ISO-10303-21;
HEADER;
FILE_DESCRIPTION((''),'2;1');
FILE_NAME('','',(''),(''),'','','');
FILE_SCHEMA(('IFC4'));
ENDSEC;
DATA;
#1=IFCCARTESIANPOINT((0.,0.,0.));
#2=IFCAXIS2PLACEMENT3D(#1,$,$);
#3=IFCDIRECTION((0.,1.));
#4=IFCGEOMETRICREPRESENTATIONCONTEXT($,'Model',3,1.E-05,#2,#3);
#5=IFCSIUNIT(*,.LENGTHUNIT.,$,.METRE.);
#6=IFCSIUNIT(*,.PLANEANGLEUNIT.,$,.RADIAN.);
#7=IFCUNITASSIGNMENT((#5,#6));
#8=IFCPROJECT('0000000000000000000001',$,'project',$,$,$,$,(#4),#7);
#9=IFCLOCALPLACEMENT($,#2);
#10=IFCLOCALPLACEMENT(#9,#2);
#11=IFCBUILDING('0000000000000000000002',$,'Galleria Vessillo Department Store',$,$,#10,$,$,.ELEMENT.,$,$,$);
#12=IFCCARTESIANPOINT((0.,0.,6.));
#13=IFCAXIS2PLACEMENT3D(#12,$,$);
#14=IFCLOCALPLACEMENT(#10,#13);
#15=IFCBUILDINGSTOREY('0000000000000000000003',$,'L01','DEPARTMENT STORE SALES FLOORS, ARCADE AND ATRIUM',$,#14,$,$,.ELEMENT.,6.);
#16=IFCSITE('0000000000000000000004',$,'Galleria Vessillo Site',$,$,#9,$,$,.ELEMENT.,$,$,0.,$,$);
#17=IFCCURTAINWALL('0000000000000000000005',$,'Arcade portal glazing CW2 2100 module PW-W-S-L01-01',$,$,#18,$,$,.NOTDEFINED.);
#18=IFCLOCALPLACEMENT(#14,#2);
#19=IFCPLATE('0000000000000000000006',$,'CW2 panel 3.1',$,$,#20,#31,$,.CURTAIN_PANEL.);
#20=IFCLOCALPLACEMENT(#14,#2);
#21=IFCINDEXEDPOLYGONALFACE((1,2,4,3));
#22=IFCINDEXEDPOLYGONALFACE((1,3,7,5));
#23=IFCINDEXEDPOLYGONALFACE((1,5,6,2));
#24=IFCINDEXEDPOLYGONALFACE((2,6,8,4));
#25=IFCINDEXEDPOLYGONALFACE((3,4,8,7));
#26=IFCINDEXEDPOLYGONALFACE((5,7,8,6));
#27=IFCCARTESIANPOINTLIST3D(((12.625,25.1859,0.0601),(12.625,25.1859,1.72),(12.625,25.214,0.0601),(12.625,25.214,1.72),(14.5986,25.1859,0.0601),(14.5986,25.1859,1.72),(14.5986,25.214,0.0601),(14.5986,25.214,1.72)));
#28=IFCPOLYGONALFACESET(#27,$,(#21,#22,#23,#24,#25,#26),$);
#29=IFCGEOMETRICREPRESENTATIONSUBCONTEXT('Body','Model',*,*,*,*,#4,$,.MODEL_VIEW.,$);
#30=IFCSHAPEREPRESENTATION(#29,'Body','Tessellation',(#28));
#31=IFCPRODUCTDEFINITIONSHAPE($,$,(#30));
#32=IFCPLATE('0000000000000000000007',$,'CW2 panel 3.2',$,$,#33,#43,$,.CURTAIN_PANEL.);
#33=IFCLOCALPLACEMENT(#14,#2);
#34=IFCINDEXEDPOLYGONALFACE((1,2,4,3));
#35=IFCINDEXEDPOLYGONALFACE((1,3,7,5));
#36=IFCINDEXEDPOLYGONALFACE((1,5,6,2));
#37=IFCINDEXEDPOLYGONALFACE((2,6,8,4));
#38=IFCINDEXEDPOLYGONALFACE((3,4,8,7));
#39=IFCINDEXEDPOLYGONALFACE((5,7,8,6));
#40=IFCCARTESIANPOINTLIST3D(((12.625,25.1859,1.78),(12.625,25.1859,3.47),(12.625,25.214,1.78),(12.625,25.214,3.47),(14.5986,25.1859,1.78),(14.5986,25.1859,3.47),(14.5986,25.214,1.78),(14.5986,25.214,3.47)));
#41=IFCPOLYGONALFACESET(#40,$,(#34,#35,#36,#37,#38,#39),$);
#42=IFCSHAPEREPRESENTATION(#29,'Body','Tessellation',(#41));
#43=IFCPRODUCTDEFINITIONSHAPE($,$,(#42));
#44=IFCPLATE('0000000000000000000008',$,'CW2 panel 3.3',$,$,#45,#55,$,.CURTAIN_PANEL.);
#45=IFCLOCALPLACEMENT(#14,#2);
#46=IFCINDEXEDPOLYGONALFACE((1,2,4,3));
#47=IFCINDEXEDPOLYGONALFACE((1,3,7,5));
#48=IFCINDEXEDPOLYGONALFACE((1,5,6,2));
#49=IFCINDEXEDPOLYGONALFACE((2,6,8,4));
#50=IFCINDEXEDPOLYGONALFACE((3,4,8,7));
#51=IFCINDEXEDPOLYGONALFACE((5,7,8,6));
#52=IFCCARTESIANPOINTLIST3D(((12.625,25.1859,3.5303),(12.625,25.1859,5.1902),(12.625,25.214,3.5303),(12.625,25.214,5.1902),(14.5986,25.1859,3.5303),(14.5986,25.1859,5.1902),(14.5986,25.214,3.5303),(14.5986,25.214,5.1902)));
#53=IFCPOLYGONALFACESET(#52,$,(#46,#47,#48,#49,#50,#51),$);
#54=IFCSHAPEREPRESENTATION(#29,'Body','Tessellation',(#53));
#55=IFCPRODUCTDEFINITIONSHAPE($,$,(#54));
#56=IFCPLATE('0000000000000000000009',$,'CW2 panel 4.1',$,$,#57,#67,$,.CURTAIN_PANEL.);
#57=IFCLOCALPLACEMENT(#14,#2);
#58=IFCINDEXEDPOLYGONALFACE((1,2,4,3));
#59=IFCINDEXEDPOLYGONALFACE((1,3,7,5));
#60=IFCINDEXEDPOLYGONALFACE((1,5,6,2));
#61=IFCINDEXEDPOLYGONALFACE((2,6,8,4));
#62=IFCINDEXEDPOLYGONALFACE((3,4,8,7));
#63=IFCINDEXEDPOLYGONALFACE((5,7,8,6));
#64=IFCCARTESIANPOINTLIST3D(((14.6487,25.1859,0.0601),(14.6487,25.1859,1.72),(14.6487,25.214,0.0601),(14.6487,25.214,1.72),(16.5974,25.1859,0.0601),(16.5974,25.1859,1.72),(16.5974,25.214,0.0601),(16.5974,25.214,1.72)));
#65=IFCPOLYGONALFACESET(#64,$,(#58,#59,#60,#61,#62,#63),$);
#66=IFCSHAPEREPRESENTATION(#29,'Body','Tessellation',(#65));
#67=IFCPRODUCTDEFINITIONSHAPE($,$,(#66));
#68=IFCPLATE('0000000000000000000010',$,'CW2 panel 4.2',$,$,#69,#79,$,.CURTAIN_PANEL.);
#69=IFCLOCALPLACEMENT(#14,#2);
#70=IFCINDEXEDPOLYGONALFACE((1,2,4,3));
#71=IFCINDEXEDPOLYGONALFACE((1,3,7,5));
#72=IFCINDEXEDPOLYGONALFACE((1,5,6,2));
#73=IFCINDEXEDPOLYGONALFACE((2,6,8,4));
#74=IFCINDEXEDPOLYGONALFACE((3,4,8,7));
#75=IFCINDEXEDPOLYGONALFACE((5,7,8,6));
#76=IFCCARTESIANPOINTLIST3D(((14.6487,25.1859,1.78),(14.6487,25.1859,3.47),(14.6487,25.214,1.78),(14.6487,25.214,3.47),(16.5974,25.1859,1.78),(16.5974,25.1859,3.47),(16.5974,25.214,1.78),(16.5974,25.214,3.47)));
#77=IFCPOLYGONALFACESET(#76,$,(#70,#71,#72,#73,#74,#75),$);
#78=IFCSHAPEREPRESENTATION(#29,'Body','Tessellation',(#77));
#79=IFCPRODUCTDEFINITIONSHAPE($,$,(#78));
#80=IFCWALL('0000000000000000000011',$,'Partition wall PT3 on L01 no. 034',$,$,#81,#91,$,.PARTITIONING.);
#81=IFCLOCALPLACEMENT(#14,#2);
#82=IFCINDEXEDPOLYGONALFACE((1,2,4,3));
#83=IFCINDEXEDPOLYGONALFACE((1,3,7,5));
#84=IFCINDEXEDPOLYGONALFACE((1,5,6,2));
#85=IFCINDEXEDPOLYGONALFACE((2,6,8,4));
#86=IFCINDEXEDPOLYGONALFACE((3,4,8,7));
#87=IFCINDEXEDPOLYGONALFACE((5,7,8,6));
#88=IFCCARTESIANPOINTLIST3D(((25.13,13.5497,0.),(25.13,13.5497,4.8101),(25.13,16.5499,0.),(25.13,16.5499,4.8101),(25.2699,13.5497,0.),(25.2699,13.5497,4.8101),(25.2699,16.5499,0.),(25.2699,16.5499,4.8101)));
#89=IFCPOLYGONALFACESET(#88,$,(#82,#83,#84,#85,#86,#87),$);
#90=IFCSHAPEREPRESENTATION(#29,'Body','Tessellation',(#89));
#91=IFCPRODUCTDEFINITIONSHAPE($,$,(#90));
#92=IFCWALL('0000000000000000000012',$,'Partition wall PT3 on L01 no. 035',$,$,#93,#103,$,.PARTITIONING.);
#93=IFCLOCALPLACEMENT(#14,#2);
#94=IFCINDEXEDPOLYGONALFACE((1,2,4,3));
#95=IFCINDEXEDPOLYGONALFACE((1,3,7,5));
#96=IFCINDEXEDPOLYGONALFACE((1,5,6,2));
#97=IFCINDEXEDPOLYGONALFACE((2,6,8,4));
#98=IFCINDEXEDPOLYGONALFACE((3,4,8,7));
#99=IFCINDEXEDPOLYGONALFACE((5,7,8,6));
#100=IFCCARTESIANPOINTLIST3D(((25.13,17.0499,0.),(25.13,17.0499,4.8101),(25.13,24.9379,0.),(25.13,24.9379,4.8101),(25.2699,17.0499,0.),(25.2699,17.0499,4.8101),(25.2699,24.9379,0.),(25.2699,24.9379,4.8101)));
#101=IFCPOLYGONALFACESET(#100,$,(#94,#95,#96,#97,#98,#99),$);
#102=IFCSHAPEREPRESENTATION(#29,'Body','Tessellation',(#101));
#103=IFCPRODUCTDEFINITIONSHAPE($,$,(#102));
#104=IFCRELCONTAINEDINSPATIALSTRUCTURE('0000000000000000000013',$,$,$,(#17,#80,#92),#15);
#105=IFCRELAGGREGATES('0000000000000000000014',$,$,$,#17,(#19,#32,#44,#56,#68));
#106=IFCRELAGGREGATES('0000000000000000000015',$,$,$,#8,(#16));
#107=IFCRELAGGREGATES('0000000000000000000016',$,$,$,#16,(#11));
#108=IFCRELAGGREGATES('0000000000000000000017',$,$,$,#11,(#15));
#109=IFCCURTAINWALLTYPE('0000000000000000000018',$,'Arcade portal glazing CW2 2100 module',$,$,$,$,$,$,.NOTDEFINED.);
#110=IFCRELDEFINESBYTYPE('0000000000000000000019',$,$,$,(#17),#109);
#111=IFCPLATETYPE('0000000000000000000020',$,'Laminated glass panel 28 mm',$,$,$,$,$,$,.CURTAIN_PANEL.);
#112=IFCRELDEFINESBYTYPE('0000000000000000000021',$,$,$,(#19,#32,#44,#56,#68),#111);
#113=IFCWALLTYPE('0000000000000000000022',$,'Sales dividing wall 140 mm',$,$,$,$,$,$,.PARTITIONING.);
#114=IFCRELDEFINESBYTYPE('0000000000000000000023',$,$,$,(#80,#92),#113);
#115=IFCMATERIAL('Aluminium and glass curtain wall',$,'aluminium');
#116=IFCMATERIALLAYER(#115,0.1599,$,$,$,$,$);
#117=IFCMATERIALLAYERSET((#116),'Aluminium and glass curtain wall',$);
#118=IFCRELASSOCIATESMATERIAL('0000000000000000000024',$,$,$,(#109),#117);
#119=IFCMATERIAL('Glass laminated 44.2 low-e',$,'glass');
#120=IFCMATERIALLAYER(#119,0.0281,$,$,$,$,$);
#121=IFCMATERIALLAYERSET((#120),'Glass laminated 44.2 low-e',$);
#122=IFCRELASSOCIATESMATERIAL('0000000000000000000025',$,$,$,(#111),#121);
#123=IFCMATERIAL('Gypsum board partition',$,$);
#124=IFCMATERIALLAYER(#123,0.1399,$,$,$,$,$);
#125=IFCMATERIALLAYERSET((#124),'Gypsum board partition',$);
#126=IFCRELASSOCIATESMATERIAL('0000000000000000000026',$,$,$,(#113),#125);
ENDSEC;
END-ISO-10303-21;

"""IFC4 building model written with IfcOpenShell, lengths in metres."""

from ifc_helpers import new_model, si_unit, direction, frame, frame_2d, origin, origin_2d, place, context, subcontext, project, spatial, rectangle, extrude, material, layer, layer_set, type_object, element, aggregate, save


model = new_model("IFC4")

# Units and contexts
model_context = context("Model", 3, precision=1e-05, world=origin(), true_north=direction((0.0, 1.0)))
body_context = subcontext(model_context, "Body", "Model", "MODEL_VIEW")
ifc_project = project(units=[si_unit("LENGTHUNIT", "METRE"), si_unit("PLANEANGLEUNIT", "RADIAN")], contexts=[model_context])

# Site, building, storey
site_placement = place(None, origin())
site = spatial("IfcSite", under=ifc_project, at=site_placement, Name="Galleria Vessillo Site", CompositionType="ELEMENT", RefElevation=0.0)
building_placement = place(site_placement, origin())
building = spatial("IfcBuilding", under=site, at=building_placement, Name="Galleria Vessillo Department Store", CompositionType="ELEMENT")
storey_placement = place(building_placement, frame((0.0, 0.0, 6.0)))
storey = spatial("IfcBuildingStorey", under=building, at=storey_placement, Name="L01", Description="DEPARTMENT STORE SALES FLOORS, ARCADE AND ATRIUM", CompositionType="ELEMENT", Elevation=6.0)

# Curtain wall
ifc_material_1 = material(Name="Aluminium and glass curtain wall", Category="aluminium")
ifc_layer_1 = layer(ifc_material_1, 0.1599)
ifc_layer_set_1 = layer_set([ifc_layer_1], Name="Aluminium and glass curtain wall")
curtain_wall_type = type_object("IfcCurtainWallType", Name="Arcade portal glazing CW2 2100 module", PredefinedType="NOTDEFINED", material=ifc_layer_set_1)
curtain_wall_placement = place(storey_placement, origin())
curtain_wall = element("IfcCurtainWall", 1, at=curtain_wall_placement, inside=storey, type_object=curtain_wall_type, Name="Arcade portal glazing CW2 2100 module PW-W-S-L01-01", PredefinedType="NOTDEFINED")

# Plates
ifc_material_2 = material(Name="Glass laminated 44.2 low-e", Category="glass")
ifc_layer_2 = layer(ifc_material_2, 0.0281)
ifc_layer_set_2 = layer_set([ifc_layer_2], Name="Glass laminated 44.2 low-e")
plate_type = type_object("IfcPlateType", Name="Laminated glass panel 28 mm", PredefinedType="CURTAIN_PANEL", material=ifc_layer_set_2)
plate_1_placement = place(storey_placement, frame((13.6118, 25.2, 0.0601), z_axis=(0.0, 0.0, 1.0), x_axis=(1.0, 0.0, 0.0)))
plate_1 = element("IfcPlate", 2, at=plate_1_placement, type_object=plate_type, Name="CW2 panel 3.1", PredefinedType="CURTAIN_PANEL", context=body_context, shape_type="SweptSolid", body=[
    extrude(rectangle(XDim=1.9736, YDim=0.0281, at=origin_2d()), origin(), (0.0, 0.0, 1.0), 1.6599),
])
plate_2_placement = place(storey_placement, frame((13.6118, 25.2, 1.78), z_axis=(0.0, 0.0, 1.0), x_axis=(1.0, 0.0, 0.0)))
plate_2 = element("IfcPlate", 3, at=plate_2_placement, type_object=plate_type, Name="CW2 panel 3.2", PredefinedType="CURTAIN_PANEL", context=body_context, shape_type="SweptSolid", body=[
    extrude(rectangle(XDim=1.9736, YDim=0.0281, at=origin_2d()), origin(), (0.0, 0.0, 1.0), 1.6899),
])
plate_3_placement = place(storey_placement, frame((13.6118, 25.2, 3.5303), z_axis=(0.0, 0.0, 1.0), x_axis=(1.0, 0.0, 0.0)))
plate_3 = element("IfcPlate", 4, at=plate_3_placement, type_object=plate_type, Name="CW2 panel 3.3", PredefinedType="CURTAIN_PANEL", context=body_context, shape_type="SweptSolid", body=[
    extrude(rectangle(XDim=1.9736, YDim=0.0281, at=origin_2d()), origin(), (0.0, 0.0, 1.0), 1.6599),
])
plate_4_placement = place(storey_placement, frame((15.623, 25.2, 0.0601), z_axis=(0.0, 0.0, 1.0), x_axis=(1.0, 0.0, 0.0)))
plate_4 = element("IfcPlate", 5, at=plate_4_placement, type_object=plate_type, Name="CW2 panel 4.1", PredefinedType="CURTAIN_PANEL", context=body_context, shape_type="SweptSolid", body=[
    extrude(rectangle(XDim=1.9487, YDim=0.0281, at=origin_2d()), origin(), (0.0, 0.0, 1.0), 1.6599),
])
plate_5_placement = place(storey_placement, frame((15.623, 25.2, 1.78), z_axis=(0.0, 0.0, 1.0), x_axis=(1.0, 0.0, 0.0)))
plate_5 = element("IfcPlate", 6, at=plate_5_placement, type_object=plate_type, Name="CW2 panel 4.2", PredefinedType="CURTAIN_PANEL", context=body_context, shape_type="SweptSolid", body=[
    extrude(rectangle(XDim=1.9487, YDim=0.0281, at=origin_2d()), origin(), (0.0, 0.0, 1.0), 1.6899),
])
aggregate(curtain_wall, [plate_1, plate_2, plate_3, plate_4, plate_5])

# Walls
ifc_material_3 = material(Name="Gypsum board partition")
ifc_layer_3 = layer(ifc_material_3, 0.1399)
ifc_layer_set_3 = layer_set([ifc_layer_3], Name="Gypsum board partition")
wall_type = type_object("IfcWallType", Name="Sales dividing wall 140 mm", PredefinedType="PARTITIONING", material=ifc_layer_set_3)
wall_1_placement = place(storey_placement, frame((25.2, 13.5498, 0.0), z_axis=(0.0, 0.0, 1.0), x_axis=(0.0, 1.0, 0.0)))
element("IfcWall", 7, at=wall_1_placement, inside=storey, type_object=wall_type, Name="Partition wall PT3 on L01 no. 034", PredefinedType="PARTITIONING", context=body_context, shape_type="SweptSolid", body=[
    extrude(rectangle(XDim=3.0002, YDim=0.1399, at=frame_2d((1.5, 0.0))), origin(), (0.0, 0.0, 1.0), 4.8101),
])
wall_2_placement = place(storey_placement, frame((25.2, 17.05, 0.0), z_axis=(0.0, 0.0, 1.0), x_axis=(0.0, 1.0, 0.0)))
element("IfcWall", 8, at=wall_2_placement, inside=storey, type_object=wall_type, Name="Partition wall PT3 on L01 no. 035", PredefinedType="PARTITIONING", context=body_context, shape_type="SweptSolid", body=[
    extrude(rectangle(XDim=7.8879, YDim=0.1399, at=frame_2d((3.9438, 0.0))), origin(), (0.0, 0.0, 1.0), 4.8101),
])

save(model, "model.ifc")
